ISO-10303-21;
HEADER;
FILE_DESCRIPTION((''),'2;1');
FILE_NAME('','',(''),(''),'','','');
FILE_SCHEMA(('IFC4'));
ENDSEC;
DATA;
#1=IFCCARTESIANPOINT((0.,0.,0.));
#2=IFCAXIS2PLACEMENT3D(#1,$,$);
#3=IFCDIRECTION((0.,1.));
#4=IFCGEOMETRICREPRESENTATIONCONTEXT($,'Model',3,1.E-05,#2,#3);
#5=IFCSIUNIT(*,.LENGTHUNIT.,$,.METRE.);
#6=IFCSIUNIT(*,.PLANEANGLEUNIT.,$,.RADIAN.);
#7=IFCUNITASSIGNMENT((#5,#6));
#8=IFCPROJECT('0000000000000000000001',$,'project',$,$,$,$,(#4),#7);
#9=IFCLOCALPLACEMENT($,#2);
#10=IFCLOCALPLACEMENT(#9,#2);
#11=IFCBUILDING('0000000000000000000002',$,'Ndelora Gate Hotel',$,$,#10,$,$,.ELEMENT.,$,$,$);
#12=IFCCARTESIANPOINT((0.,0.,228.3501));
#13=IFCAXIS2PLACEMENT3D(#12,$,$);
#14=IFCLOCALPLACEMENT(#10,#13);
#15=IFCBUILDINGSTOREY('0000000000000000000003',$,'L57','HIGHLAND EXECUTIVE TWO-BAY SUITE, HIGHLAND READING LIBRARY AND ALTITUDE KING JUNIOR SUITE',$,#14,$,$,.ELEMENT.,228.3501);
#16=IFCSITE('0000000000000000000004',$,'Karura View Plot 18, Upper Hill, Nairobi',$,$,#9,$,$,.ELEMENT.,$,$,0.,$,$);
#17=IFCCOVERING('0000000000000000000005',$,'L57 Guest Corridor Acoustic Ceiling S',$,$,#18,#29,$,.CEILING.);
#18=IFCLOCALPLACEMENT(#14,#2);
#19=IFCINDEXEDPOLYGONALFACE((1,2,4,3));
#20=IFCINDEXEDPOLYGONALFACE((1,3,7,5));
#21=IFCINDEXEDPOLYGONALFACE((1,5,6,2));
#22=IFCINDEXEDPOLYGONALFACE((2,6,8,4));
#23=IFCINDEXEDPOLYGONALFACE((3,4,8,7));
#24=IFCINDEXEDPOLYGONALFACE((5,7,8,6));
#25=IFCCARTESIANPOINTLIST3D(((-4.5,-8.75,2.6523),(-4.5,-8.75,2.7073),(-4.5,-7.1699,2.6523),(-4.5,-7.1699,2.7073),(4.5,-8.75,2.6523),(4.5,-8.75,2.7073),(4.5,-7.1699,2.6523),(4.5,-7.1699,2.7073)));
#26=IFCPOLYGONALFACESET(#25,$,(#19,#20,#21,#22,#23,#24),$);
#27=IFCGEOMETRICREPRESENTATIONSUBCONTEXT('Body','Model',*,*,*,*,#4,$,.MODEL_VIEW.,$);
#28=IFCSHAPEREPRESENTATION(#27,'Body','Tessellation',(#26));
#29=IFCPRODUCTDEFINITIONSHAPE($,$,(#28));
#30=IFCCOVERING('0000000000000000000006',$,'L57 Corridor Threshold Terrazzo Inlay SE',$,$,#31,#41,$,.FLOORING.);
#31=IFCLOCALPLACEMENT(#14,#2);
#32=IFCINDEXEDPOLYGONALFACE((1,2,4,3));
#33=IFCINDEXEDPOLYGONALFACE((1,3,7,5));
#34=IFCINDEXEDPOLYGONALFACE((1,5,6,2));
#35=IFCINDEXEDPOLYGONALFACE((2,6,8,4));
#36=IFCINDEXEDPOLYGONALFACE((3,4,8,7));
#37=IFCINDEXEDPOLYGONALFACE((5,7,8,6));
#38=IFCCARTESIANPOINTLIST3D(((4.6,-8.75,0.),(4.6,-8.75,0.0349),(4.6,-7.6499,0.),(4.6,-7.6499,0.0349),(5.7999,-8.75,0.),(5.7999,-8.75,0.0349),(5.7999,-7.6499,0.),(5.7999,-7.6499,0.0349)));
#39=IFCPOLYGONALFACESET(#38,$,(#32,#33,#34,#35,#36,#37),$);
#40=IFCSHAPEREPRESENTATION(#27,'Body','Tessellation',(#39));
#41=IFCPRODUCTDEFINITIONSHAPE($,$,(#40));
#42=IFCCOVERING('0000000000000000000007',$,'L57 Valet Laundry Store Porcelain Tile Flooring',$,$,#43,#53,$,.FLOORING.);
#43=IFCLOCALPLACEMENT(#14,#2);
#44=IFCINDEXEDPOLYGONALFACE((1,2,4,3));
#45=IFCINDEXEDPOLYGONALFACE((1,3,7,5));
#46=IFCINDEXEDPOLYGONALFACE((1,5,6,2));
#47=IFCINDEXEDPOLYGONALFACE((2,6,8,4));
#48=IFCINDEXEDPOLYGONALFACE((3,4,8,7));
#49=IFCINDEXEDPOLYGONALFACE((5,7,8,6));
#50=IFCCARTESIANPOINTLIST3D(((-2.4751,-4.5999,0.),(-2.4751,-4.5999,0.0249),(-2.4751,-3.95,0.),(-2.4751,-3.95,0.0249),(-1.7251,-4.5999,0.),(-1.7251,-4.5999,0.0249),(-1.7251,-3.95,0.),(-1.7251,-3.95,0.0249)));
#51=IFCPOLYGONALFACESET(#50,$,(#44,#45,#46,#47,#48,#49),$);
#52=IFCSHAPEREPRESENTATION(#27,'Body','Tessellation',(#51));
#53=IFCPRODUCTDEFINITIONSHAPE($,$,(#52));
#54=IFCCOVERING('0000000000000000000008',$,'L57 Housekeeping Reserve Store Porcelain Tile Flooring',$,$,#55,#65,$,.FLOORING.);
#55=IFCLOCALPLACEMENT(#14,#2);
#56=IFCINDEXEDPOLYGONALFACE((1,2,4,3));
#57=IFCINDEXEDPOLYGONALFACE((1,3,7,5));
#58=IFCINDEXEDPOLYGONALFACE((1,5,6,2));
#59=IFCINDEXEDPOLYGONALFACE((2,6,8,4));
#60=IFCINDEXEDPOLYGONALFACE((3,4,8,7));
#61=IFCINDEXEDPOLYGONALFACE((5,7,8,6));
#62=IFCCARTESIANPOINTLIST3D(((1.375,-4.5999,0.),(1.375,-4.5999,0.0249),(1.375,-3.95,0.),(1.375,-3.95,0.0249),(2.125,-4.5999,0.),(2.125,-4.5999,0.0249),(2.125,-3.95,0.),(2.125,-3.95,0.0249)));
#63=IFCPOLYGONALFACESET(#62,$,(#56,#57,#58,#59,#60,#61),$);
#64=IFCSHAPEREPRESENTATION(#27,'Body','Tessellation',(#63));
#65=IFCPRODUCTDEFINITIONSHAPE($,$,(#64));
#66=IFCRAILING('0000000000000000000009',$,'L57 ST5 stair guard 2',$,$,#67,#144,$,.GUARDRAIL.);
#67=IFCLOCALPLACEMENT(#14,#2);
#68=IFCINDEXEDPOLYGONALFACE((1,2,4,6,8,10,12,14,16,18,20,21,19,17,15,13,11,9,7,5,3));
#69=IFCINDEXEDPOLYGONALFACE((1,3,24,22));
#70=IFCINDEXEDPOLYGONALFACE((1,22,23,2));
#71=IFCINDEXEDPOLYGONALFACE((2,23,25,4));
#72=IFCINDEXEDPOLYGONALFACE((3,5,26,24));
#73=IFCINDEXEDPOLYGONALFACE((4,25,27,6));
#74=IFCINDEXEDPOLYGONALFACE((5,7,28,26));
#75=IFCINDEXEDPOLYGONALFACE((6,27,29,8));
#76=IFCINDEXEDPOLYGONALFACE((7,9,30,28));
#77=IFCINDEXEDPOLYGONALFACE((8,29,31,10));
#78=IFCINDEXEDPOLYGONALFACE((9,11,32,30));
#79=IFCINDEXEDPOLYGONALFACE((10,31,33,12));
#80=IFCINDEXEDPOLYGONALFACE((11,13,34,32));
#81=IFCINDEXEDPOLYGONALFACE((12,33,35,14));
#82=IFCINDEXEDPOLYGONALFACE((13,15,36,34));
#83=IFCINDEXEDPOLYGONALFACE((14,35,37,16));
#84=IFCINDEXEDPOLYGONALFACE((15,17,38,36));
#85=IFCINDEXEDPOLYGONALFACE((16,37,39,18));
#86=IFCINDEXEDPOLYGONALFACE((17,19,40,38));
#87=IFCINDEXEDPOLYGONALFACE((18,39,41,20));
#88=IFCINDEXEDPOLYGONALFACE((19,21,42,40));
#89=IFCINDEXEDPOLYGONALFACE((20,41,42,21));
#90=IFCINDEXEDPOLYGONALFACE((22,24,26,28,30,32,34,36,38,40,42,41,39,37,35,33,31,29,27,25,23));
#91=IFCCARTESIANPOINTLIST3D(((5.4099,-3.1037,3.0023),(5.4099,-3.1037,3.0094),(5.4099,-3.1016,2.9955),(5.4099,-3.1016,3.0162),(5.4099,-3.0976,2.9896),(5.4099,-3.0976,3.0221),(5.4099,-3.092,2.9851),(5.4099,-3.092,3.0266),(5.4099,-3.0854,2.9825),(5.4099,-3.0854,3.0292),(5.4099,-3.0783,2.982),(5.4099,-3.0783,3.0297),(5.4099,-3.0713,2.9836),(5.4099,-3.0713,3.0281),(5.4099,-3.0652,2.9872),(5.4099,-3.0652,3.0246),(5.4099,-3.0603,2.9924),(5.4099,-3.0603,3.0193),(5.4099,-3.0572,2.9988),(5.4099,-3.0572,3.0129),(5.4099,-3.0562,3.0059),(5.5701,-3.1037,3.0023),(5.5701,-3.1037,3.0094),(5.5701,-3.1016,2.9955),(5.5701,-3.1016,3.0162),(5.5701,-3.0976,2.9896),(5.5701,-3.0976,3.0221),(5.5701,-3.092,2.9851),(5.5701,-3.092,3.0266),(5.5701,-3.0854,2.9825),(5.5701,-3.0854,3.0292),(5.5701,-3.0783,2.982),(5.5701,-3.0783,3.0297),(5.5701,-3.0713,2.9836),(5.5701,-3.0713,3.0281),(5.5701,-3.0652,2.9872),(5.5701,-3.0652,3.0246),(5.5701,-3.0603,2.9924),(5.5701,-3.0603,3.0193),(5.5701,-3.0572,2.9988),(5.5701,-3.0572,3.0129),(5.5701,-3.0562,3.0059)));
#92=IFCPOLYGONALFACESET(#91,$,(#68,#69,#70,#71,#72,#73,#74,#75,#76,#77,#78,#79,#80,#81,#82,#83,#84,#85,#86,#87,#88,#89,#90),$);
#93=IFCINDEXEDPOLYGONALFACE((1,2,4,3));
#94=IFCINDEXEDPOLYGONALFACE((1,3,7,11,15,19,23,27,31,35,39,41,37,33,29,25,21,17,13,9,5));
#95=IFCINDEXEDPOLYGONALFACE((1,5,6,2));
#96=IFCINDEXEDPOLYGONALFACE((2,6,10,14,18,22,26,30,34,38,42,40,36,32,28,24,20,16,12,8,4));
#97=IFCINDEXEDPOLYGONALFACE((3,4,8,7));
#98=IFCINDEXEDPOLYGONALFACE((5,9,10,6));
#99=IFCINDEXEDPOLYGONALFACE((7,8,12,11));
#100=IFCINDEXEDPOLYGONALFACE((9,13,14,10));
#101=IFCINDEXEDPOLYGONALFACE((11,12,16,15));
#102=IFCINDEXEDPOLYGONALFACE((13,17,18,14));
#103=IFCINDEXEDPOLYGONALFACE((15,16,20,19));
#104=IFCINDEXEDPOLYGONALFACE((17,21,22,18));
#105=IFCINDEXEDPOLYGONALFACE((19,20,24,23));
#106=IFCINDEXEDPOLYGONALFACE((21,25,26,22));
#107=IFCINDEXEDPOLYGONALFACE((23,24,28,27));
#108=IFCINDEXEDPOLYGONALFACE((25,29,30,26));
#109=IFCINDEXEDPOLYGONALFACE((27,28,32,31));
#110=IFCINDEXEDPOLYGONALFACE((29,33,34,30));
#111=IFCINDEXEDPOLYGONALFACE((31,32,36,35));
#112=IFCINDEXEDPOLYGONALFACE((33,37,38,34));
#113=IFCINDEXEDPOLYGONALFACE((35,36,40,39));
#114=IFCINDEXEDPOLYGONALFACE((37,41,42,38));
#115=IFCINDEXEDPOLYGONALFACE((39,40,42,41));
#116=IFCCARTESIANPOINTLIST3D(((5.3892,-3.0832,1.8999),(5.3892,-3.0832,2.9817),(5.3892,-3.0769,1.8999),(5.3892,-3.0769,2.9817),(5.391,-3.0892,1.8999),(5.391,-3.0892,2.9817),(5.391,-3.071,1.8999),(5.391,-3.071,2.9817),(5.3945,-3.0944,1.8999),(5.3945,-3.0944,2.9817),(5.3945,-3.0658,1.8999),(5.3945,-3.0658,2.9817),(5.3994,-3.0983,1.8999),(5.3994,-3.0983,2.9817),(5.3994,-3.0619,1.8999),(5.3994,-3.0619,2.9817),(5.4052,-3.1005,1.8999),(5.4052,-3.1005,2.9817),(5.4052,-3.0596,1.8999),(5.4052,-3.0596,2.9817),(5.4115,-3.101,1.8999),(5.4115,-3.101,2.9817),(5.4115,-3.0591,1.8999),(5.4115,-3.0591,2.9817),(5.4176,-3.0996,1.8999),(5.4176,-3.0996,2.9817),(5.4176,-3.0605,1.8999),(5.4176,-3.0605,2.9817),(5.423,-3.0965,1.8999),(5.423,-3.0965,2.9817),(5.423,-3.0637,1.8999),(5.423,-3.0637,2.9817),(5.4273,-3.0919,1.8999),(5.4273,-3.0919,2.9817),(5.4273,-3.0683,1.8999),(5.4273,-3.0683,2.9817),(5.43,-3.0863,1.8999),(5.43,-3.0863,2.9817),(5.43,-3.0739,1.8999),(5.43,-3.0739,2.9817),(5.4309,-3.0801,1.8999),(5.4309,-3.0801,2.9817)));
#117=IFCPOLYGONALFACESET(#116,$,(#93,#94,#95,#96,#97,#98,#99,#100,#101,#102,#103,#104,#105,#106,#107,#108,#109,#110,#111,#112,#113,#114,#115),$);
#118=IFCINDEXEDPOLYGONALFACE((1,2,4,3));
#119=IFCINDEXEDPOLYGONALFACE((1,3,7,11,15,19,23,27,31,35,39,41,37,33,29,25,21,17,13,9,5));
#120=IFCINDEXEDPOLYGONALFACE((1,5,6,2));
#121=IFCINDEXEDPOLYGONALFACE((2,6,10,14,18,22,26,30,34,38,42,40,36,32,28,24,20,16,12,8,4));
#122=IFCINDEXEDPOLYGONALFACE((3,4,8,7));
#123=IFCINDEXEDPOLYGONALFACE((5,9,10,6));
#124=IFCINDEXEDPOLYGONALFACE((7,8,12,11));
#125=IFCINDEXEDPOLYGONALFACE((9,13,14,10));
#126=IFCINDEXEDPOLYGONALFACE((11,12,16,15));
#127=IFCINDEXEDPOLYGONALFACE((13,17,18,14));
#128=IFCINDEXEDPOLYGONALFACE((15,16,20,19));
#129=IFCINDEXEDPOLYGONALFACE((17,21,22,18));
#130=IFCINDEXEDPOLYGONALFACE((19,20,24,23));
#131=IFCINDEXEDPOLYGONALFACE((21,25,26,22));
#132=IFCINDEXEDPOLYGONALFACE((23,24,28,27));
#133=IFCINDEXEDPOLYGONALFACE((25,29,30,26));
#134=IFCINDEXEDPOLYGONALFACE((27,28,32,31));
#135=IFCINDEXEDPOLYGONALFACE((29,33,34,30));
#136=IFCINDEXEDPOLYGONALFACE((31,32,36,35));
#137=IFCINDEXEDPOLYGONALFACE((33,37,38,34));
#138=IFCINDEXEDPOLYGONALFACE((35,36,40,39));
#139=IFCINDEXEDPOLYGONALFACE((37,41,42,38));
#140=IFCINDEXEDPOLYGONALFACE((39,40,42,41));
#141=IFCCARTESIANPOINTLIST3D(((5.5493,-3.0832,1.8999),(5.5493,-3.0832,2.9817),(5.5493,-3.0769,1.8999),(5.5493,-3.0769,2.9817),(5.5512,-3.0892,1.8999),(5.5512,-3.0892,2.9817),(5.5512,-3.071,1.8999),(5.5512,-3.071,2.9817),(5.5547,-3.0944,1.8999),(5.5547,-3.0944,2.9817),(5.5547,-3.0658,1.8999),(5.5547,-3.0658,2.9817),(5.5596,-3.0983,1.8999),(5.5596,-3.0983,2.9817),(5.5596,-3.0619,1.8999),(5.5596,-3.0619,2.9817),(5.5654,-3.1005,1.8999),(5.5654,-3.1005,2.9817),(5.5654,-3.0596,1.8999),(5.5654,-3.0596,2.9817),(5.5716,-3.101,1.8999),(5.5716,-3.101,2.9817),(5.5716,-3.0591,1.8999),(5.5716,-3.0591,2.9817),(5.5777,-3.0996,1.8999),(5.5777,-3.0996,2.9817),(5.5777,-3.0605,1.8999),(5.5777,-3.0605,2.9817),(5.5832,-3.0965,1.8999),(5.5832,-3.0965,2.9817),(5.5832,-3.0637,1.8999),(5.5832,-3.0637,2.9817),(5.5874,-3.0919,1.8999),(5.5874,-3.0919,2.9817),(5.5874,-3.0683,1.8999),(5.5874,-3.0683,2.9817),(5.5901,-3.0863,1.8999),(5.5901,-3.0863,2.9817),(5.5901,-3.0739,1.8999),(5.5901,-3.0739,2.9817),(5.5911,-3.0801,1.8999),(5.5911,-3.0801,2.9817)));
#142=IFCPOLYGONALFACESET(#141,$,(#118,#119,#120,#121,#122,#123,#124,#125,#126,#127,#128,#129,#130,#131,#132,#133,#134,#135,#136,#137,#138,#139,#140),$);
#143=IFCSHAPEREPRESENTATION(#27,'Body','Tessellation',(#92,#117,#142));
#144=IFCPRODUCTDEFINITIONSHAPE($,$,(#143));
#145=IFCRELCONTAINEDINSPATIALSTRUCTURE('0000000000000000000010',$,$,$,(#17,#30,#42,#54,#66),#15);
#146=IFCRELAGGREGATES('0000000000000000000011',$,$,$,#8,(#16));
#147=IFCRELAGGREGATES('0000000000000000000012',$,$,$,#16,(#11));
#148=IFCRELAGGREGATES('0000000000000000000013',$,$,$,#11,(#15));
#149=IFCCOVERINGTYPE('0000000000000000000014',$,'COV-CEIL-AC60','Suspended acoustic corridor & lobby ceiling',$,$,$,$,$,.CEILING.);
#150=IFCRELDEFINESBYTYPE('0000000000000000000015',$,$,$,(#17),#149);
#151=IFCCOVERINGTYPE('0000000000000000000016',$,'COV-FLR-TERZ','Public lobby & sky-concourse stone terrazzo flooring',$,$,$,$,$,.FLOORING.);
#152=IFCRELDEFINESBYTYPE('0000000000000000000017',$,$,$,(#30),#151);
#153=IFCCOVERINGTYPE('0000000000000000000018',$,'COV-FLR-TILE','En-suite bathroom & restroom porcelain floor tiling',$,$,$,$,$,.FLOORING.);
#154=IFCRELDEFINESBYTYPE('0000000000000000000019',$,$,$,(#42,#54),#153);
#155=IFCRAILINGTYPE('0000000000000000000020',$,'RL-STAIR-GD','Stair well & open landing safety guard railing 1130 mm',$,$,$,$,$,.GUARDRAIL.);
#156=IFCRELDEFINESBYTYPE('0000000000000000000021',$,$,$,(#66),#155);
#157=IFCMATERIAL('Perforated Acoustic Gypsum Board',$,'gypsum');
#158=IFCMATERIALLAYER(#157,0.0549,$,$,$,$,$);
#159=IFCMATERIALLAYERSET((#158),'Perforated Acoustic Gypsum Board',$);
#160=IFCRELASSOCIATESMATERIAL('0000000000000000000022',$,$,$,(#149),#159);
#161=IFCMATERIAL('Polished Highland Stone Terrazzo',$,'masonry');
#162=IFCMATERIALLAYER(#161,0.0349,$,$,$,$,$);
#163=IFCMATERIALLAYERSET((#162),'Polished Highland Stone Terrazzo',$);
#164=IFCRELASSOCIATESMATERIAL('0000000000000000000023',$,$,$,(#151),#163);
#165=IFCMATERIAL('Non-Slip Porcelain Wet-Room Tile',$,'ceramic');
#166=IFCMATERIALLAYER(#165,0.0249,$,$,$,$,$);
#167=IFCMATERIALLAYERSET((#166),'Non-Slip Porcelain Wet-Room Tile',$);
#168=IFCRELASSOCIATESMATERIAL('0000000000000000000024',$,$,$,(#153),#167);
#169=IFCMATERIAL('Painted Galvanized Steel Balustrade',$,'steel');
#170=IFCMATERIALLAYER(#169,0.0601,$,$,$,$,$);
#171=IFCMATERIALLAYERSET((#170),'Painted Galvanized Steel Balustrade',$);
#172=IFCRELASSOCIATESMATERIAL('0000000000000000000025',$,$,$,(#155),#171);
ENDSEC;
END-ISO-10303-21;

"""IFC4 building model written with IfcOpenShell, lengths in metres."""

from ifc_helpers import new_model, si_unit, direction, frame, origin, origin_2d, place, context, subcontext, project, spatial, rectangle, circle, extrude, material, layer, layer_set, type_object, element, save


model = new_model("IFC4")

# Units and contexts
model_context = context("Model", 3, precision=1e-05, world=origin(), true_north=direction((0.0, 1.0)))
body_context = subcontext(model_context, "Body", "Model", "MODEL_VIEW")
ifc_project = project(units=[si_unit("LENGTHUNIT", "METRE"), si_unit("PLANEANGLEUNIT", "RADIAN")], contexts=[model_context])

# Site, building, storey
site_placement = place(None, origin())
site = spatial("IfcSite", under=ifc_project, at=site_placement, Name="Karura View Plot 18, Upper Hill, Nairobi", CompositionType="ELEMENT", RefElevation=0.0)
building_placement = place(site_placement, origin())
building = spatial("IfcBuilding", under=site, at=building_placement, Name="Ndelora Gate Hotel", CompositionType="ELEMENT")
storey_placement = place(building_placement, frame((0.0, 0.0, 228.3501)))
storey = spatial("IfcBuildingStorey", under=building, at=storey_placement, Name="L57", Description="HIGHLAND EXECUTIVE TWO-BAY SUITE, HIGHLAND READING LIBRARY AND ALTITUDE KING JUNIOR SUITE", CompositionType="ELEMENT", Elevation=228.3501)

# Coverings
ifc_material_1 = material(Name="Perforated Acoustic Gypsum Board", Category="gypsum")
ifc_layer_1 = layer(ifc_material_1, 0.0549)
ifc_layer_set_1 = layer_set([ifc_layer_1], Name="Perforated Acoustic Gypsum Board")
covering_type_1 = type_object("IfcCoveringType", Name="COV-CEIL-AC60", Description="Suspended acoustic corridor & lobby ceiling", PredefinedType="CEILING", material=ifc_layer_set_1)
covering_1_placement = place(storey_placement, frame((0.0, -7.96, 2.6523), z_axis=(0.0, 0.0, 1.0), x_axis=(1.0, 0.0, 0.0)))
element("IfcCovering", 1, at=covering_1_placement, inside=storey, type_object=covering_type_1, Name="L57 Guest Corridor Acoustic Ceiling S", PredefinedType="CEILING", context=body_context, shape_type="SweptSolid", body=[
    extrude(rectangle(XDim=9.0, YDim=1.5801, at=origin_2d()), origin(), (0.0, 0.0, 1.0), 0.0549),
])
ifc_material_2 = material(Name="Polished Highland Stone Terrazzo", Category="masonry")
ifc_layer_2 = layer(ifc_material_2, 0.0349)
ifc_layer_set_2 = layer_set([ifc_layer_2], Name="Polished Highland Stone Terrazzo")
covering_type_2 = type_object("IfcCoveringType", Name="COV-FLR-TERZ", Description="Public lobby & sky-concourse stone terrazzo flooring", PredefinedType="FLOORING", material=ifc_layer_set_2)
covering_2_placement = place(storey_placement, frame((5.2, -8.2, 0.0), z_axis=(0.0, 0.0, 1.0), x_axis=(1.0, 0.0, 0.0)))
element("IfcCovering", 2, at=covering_2_placement, inside=storey, type_object=covering_type_2, Name="L57 Corridor Threshold Terrazzo Inlay SE", PredefinedType="FLOORING", context=body_context, shape_type="SweptSolid", body=[
    extrude(rectangle(XDim=1.2, YDim=1.1001, at=origin_2d()), origin(), (0.0, 0.0, 1.0), 0.0349),
])
ifc_material_3 = material(Name="Non-Slip Porcelain Wet-Room Tile", Category="ceramic")
ifc_layer_3 = layer(ifc_material_3, 0.0249)
ifc_layer_set_3 = layer_set([ifc_layer_3], Name="Non-Slip Porcelain Wet-Room Tile")
covering_type_3 = type_object("IfcCoveringType", Name="COV-FLR-TILE", Description="En-suite bathroom & restroom porcelain floor tiling", PredefinedType="FLOORING", material=ifc_layer_set_3)
for number, where, z_axis, x_axis, name in (
    (3, (-2.1001, -4.2749, 0.0), (0.0, 0.0, 1.0), (1.0, 0.0, 0.0), "L57 Valet Laundry Store Porcelain Tile Flooring"),
    (4, (1.75, -4.2749, 0.0), (0.0, 0.0, 1.0), (1.0, 0.0, 0.0), "L57 Housekeeping Reserve Store Porcelain Tile Flooring"),
):
    element("IfcCovering", number, at=place(storey_placement, frame(where, z_axis=z_axis, x_axis=x_axis)), inside=storey, type_object=covering_type_3, Name=name, PredefinedType="FLOORING", context=body_context, shape_type="SweptSolid", body=[
        extrude(rectangle(XDim=0.75, YDim=0.6499, at=origin_2d()), origin(), (0.0, 0.0, 1.0), 0.0249),
    ])

# Railing
ifc_material_4 = material(Name="Painted Galvanized Steel Balustrade", Category="steel")
ifc_layer_4 = layer(ifc_material_4, 0.0601)
ifc_layer_set_4 = layer_set([ifc_layer_4], Name="Painted Galvanized Steel Balustrade")
railing_type_1 = type_object("IfcRailingType", Name="RL-STAIR-GD", Description="Stair well & open landing safety guard railing 1130 mm", PredefinedType="GUARDRAIL", material=ifc_layer_set_4)
railing_1_placement = place(storey_placement, frame((5.4099, -3.0801, 1.8999)))
element("IfcRailing", 5, at=railing_1_placement, inside=storey, type_object=railing_type_1, Name="L57 ST5 stair guard 2", PredefinedType="GUARDRAIL", context=body_context, shape_type="SweptSolid", body=[
    extrude(circle(Radius=0.0239, at=origin_2d()), frame((0.0, 0.0, 1.106), z_axis=(1.0, 0.0, 0.0), x_axis=(0.0, 1.0, 0.0)), (0.0, 0.0, 1.0), 0.1602),
    extrude(circle(Radius=0.021, at=origin_2d()), origin(), (0.0, 0.0, 1.0), 1.0818),
    extrude(circle(Radius=0.021, at=origin_2d()), frame((0.1602, 0.0, 0.0)), (0.0, 0.0, 1.0), 1.0818),
])

save(model, "model.ifc")
